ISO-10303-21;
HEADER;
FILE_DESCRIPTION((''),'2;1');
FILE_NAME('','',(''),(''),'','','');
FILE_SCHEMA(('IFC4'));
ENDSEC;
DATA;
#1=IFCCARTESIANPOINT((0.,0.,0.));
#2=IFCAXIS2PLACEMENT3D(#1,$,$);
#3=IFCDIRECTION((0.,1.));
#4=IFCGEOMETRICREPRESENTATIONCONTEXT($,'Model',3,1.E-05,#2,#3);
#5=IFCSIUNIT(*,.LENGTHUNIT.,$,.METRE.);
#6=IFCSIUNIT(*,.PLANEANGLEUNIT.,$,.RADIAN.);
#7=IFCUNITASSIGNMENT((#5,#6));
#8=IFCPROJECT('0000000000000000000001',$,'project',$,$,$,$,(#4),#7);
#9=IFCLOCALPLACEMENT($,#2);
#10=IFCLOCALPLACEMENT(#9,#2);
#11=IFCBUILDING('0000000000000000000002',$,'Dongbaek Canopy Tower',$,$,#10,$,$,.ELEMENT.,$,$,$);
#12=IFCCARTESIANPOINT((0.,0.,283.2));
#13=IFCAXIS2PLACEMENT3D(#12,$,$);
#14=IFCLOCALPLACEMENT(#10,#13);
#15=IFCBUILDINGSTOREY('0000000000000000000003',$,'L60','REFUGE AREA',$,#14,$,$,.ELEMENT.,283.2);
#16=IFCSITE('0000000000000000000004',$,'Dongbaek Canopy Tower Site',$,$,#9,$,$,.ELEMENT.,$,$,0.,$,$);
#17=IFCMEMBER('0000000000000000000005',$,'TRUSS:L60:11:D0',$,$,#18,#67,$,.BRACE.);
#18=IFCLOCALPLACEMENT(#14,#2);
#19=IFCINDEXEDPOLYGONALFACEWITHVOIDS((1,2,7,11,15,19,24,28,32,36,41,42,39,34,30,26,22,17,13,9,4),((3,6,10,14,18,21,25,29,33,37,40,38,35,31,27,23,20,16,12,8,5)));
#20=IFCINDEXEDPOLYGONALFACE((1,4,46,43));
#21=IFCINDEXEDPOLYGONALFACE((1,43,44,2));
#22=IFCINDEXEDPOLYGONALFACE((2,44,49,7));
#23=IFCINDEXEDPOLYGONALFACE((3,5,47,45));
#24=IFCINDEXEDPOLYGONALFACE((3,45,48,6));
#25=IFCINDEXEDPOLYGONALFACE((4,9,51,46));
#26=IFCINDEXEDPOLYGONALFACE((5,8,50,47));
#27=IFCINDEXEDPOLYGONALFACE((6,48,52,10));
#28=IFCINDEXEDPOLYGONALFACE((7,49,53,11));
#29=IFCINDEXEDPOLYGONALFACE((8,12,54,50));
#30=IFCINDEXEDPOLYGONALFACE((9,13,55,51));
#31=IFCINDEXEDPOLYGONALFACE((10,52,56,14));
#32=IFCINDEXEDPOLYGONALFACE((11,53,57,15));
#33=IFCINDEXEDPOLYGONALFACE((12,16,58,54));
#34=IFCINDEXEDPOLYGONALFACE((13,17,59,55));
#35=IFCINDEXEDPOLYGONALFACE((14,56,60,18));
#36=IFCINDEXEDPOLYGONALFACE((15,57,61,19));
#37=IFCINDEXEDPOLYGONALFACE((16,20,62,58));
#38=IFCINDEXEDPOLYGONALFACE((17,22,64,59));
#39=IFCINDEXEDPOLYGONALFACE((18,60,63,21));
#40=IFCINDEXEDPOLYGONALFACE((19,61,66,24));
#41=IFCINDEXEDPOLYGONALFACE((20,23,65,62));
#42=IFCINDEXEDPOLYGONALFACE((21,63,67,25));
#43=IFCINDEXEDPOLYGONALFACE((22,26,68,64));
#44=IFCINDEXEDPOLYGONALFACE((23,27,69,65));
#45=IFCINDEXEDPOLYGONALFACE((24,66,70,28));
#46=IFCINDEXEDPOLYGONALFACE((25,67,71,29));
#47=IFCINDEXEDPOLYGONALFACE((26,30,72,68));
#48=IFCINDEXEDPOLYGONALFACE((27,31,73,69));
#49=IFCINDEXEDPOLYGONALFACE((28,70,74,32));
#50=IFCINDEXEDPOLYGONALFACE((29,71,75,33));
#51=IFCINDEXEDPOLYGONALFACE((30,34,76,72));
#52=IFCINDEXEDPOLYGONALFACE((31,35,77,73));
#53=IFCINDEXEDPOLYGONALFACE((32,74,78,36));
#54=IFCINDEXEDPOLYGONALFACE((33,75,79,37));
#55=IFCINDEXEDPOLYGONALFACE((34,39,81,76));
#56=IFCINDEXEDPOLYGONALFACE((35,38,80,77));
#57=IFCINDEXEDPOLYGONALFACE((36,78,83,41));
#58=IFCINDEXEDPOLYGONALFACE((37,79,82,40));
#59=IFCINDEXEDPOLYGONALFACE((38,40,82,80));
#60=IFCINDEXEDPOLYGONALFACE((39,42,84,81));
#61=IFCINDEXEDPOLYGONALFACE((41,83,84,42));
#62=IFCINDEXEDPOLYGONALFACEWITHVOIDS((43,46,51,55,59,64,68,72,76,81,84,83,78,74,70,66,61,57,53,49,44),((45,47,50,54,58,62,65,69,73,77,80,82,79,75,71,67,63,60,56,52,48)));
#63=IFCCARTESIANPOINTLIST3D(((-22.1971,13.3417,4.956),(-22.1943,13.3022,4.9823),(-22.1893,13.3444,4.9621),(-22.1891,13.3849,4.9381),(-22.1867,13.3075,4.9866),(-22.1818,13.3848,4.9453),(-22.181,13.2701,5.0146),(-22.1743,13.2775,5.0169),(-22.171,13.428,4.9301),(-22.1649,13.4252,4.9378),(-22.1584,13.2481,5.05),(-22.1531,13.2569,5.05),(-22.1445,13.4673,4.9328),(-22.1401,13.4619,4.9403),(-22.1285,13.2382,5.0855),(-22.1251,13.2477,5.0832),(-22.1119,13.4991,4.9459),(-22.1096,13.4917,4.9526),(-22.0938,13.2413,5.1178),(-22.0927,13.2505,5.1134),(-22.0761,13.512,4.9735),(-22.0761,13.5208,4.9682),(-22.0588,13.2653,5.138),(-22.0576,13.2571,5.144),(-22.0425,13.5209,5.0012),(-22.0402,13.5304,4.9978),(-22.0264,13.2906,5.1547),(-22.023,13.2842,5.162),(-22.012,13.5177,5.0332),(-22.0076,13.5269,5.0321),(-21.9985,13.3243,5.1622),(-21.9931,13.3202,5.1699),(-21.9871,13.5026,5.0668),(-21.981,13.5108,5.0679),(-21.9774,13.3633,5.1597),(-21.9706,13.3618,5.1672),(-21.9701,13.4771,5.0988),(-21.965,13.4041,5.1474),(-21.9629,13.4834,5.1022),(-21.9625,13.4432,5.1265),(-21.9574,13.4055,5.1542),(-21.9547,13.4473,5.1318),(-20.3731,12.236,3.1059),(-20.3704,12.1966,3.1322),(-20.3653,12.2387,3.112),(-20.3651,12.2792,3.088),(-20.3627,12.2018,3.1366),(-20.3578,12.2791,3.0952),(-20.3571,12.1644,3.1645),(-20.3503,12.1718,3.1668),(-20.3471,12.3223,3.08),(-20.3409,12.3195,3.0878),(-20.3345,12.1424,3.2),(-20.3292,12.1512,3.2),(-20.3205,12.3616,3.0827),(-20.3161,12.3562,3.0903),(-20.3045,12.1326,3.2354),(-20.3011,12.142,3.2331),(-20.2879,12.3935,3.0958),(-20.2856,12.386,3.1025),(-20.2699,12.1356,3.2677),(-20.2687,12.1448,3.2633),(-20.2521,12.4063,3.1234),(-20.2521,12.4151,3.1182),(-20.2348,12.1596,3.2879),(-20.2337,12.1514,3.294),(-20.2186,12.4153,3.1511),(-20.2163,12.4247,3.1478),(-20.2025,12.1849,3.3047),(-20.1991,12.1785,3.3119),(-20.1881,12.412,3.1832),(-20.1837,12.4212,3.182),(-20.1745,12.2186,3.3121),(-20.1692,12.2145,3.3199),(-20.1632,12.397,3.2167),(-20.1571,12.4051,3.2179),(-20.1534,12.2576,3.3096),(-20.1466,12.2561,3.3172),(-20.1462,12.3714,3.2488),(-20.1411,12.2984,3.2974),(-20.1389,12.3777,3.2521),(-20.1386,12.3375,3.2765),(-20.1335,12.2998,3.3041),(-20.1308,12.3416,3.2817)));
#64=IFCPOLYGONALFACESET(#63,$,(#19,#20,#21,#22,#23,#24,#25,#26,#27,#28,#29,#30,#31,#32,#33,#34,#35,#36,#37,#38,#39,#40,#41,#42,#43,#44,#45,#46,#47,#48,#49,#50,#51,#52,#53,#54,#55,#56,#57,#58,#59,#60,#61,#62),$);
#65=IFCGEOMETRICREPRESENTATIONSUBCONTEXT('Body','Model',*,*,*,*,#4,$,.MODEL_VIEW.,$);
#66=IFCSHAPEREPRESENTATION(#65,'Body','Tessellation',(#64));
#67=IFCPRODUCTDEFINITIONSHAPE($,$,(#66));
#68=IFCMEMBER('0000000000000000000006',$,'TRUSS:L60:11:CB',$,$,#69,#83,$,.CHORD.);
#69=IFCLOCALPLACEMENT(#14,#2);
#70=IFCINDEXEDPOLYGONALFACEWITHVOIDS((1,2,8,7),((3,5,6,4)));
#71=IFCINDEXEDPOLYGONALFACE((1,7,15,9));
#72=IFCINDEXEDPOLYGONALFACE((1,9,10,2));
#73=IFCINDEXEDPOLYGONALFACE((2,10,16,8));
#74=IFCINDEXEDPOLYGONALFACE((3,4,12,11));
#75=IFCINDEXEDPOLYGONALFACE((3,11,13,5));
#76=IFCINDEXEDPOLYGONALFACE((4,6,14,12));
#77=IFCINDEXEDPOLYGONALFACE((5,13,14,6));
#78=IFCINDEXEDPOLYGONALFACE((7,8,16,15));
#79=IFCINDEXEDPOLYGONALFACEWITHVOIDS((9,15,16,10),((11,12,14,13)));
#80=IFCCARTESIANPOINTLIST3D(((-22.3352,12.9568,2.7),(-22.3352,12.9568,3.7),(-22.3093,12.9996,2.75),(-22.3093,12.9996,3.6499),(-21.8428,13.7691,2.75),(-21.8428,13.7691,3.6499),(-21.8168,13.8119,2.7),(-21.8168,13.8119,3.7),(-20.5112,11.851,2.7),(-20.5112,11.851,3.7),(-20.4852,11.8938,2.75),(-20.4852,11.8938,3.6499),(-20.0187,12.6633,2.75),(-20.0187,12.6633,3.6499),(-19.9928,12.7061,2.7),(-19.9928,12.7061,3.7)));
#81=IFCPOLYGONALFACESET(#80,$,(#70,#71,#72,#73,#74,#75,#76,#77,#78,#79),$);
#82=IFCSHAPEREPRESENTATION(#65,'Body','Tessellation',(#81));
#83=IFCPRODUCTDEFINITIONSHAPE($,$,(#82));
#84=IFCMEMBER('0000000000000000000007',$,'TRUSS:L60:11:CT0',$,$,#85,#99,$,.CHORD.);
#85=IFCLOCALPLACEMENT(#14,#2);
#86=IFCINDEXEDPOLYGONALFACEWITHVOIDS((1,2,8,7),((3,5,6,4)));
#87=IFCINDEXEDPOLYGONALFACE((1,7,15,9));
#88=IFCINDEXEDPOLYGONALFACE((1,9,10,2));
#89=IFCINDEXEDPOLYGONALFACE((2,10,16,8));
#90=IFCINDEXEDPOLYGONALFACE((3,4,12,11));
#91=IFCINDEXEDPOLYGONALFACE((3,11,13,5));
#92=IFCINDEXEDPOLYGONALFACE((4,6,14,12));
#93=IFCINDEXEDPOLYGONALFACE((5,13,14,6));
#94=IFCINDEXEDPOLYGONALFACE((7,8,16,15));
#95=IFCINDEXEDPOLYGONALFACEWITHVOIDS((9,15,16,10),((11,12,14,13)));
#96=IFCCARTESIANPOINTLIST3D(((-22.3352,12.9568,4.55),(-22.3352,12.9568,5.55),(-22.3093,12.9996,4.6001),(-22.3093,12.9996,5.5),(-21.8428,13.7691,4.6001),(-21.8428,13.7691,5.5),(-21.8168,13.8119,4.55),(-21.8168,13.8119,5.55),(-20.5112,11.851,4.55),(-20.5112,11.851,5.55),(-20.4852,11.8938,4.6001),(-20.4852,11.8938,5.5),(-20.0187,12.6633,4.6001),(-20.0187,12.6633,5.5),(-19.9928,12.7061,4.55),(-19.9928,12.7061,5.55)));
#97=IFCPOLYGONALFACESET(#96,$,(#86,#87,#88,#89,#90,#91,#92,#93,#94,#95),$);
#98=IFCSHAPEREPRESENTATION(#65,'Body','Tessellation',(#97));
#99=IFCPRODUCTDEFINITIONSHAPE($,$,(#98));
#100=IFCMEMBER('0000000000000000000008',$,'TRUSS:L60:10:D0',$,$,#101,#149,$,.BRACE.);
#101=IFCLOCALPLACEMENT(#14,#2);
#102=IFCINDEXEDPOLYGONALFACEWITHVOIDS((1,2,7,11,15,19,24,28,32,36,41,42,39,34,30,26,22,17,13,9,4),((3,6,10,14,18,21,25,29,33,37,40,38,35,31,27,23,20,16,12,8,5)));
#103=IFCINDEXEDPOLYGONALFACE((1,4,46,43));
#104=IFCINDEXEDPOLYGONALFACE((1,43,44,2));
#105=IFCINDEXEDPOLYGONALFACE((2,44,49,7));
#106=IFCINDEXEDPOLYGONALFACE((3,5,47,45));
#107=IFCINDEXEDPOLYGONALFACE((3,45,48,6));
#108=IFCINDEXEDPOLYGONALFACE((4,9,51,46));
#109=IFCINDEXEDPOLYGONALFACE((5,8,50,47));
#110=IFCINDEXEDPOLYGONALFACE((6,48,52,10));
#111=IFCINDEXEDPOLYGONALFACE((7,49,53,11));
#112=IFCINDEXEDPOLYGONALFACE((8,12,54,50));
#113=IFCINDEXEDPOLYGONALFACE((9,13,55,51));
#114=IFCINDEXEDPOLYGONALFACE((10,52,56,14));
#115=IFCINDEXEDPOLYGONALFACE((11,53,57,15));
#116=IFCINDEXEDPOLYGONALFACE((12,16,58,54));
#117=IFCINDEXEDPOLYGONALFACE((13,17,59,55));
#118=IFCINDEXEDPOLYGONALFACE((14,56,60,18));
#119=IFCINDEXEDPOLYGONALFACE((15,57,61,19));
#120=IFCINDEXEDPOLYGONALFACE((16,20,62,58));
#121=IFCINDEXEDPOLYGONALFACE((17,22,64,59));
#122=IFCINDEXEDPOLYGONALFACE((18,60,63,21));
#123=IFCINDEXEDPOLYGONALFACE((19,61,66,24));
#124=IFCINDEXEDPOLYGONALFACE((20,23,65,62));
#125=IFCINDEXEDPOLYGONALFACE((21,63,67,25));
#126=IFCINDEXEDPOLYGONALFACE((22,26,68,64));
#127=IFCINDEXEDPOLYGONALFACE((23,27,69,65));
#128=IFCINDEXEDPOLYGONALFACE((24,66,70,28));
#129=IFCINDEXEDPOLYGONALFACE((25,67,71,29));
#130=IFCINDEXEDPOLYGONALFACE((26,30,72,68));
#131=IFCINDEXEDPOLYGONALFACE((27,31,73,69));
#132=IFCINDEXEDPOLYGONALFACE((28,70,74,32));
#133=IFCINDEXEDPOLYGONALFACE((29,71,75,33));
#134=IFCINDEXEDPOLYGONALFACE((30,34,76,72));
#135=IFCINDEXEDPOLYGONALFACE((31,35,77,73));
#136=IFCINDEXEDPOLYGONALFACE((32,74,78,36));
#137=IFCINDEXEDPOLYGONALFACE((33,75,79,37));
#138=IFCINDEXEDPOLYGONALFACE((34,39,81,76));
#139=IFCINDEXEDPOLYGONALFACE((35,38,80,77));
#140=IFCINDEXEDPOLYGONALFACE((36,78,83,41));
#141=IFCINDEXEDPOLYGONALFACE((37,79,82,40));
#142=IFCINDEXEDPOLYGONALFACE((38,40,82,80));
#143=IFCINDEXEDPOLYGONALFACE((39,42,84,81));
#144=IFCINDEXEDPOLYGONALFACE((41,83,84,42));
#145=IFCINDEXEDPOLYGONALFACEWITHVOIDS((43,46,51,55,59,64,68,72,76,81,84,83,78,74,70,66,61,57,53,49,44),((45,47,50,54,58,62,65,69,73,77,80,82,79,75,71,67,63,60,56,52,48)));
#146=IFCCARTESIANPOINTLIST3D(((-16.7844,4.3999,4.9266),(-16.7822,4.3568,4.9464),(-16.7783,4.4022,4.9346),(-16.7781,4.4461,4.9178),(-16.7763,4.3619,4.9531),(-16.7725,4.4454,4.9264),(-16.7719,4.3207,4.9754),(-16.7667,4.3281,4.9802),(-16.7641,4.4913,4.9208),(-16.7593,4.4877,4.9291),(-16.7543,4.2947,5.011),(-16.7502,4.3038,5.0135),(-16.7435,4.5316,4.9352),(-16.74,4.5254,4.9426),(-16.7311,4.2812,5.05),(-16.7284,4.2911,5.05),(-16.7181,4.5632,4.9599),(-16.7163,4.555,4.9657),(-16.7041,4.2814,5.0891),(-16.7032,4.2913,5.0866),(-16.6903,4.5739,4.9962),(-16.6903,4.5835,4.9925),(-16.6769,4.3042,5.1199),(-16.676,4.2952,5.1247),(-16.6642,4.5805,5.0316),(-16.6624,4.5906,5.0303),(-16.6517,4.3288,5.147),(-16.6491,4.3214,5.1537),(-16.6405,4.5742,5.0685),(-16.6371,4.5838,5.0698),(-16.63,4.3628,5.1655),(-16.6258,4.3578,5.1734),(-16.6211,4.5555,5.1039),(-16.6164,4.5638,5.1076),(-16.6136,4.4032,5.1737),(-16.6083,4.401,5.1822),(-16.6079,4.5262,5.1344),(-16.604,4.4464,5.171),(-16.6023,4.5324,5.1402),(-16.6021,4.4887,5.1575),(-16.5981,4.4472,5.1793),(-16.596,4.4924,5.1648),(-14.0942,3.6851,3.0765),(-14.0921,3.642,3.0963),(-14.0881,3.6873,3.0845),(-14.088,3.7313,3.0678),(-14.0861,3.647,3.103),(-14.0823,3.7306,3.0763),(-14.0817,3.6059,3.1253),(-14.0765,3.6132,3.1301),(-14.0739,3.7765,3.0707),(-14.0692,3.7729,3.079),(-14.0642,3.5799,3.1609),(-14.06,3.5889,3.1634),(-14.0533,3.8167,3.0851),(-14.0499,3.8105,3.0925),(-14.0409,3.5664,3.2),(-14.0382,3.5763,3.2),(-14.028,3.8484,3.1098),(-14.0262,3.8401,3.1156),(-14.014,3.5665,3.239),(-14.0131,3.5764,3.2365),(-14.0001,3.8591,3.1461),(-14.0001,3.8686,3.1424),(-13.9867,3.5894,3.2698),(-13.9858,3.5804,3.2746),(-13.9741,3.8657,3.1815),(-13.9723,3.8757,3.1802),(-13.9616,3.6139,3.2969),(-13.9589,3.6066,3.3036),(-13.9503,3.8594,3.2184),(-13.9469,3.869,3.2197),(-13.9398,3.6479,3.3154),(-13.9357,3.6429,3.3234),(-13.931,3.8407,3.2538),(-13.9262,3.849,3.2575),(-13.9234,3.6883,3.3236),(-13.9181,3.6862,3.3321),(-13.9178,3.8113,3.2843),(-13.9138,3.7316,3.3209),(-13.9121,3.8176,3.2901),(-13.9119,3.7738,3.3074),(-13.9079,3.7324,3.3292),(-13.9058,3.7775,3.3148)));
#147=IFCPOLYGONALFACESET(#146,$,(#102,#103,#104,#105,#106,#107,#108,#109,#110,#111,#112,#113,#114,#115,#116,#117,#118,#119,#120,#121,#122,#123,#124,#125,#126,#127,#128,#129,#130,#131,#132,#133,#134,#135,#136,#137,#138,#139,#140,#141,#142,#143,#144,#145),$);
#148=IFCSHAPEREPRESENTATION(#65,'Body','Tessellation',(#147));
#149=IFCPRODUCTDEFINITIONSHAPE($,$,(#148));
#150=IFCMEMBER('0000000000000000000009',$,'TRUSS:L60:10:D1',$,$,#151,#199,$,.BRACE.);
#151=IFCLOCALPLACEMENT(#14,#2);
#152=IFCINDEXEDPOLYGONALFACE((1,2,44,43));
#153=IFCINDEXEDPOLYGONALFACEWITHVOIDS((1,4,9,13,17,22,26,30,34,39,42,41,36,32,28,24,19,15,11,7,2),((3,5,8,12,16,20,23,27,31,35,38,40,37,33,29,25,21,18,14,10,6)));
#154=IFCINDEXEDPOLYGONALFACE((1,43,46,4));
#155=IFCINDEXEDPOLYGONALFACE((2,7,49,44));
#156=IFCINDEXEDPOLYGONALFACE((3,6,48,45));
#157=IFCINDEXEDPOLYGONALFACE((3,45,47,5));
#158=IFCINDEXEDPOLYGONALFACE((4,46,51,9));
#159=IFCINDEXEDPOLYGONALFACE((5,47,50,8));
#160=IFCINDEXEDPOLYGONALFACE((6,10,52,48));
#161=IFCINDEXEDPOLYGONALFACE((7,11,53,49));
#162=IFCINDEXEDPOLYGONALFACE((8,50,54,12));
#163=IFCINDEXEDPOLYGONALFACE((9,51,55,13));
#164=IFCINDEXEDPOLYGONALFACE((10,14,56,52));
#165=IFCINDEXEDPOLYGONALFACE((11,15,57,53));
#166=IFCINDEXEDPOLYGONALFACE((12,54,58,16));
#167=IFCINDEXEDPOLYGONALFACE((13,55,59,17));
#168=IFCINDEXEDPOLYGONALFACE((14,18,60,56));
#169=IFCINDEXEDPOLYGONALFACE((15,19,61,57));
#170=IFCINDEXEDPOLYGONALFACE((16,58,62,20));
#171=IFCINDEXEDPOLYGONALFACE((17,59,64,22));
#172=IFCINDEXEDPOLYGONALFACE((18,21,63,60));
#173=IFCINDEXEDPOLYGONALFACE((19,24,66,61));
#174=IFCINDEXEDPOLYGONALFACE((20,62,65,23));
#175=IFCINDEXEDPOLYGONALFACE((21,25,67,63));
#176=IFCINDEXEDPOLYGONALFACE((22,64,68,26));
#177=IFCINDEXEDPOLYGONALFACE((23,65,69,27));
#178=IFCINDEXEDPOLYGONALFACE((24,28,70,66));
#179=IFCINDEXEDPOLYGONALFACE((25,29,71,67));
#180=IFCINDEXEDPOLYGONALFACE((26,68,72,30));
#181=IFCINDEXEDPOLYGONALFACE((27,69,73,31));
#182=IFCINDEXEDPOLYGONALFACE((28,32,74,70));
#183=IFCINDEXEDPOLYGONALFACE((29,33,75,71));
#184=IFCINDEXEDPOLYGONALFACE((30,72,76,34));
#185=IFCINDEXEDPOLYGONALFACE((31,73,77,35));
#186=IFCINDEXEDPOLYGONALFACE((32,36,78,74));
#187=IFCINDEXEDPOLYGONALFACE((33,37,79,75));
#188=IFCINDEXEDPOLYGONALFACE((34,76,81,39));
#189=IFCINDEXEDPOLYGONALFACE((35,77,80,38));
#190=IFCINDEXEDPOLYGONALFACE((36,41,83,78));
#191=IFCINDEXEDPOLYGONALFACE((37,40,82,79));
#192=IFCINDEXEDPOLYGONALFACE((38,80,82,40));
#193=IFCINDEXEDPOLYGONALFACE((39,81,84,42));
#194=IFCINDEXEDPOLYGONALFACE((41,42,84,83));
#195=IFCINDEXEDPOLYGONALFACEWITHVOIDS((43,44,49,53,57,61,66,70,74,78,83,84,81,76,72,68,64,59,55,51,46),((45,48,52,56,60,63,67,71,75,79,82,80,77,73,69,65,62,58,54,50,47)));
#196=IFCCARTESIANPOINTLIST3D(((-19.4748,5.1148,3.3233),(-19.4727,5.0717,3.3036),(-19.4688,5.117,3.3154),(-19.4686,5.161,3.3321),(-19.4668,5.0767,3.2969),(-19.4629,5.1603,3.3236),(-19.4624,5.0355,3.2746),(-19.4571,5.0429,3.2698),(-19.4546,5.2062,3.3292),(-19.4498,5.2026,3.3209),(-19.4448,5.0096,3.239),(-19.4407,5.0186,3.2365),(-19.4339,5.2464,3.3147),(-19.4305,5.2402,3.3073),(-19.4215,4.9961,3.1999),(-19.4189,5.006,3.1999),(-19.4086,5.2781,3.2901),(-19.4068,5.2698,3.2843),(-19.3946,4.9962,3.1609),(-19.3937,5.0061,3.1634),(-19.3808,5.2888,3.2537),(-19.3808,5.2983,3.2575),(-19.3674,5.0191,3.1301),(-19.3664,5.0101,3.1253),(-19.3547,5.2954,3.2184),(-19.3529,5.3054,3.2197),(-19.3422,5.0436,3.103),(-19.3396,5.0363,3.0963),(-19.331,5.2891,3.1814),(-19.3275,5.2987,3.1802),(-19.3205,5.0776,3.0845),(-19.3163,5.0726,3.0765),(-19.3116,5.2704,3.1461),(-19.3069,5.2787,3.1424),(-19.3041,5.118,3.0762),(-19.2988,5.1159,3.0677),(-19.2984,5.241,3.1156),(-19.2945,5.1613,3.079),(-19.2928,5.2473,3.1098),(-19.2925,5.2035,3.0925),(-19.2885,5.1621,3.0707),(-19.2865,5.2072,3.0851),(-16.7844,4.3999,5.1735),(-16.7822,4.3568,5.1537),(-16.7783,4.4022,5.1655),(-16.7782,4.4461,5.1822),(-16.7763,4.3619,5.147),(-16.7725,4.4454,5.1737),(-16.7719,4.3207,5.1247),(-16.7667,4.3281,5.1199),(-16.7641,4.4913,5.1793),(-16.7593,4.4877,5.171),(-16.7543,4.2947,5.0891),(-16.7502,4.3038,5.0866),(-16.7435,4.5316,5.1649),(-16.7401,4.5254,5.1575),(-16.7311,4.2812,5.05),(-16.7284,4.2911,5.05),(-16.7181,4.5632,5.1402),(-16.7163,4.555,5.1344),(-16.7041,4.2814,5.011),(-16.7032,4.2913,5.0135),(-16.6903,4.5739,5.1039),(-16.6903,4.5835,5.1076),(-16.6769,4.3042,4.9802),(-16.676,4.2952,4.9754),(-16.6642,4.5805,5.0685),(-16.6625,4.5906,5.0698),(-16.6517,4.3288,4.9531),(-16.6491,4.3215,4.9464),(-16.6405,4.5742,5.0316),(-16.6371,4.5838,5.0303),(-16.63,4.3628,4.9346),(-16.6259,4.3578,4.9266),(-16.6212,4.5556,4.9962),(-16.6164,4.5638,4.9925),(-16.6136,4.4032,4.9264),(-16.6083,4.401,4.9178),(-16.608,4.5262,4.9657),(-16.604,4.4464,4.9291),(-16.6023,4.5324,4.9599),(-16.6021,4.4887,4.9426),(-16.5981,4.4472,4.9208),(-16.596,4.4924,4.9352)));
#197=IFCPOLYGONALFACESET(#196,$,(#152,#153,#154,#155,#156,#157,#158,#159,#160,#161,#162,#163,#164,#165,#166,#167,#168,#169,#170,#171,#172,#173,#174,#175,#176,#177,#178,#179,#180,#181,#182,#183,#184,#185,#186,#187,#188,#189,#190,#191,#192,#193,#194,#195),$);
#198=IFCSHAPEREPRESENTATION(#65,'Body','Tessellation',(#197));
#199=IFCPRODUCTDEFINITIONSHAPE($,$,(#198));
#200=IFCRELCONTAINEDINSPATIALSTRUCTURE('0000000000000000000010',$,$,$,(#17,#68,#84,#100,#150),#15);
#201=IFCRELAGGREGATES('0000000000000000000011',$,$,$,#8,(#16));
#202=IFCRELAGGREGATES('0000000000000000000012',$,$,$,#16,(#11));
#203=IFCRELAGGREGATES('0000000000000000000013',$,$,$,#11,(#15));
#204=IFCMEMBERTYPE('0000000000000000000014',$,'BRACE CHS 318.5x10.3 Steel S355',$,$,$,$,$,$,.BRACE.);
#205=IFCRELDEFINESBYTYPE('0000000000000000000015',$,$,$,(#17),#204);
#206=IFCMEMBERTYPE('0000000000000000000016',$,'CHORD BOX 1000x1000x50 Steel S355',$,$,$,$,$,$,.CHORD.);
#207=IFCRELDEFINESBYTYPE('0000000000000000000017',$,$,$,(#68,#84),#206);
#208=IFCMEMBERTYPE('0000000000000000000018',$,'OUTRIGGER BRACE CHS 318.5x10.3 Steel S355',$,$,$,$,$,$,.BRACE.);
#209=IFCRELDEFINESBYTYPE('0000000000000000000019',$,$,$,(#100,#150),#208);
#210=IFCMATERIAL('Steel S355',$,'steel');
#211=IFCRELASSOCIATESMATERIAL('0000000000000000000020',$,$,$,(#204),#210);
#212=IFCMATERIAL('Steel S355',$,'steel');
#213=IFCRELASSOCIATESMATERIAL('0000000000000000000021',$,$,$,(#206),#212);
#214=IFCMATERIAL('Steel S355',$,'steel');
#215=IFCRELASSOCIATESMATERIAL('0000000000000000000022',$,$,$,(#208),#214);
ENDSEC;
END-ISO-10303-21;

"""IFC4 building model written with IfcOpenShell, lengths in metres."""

from ifc_helpers import new_model, si_unit, direction, frame, origin, origin_2d, place, context, subcontext, project, spatial, hollow_rectangle, hollow_circle, extrude, material, material_profile, profile_set, type_object, element, save


model = new_model("IFC4")

# Units and contexts
model_context = context("Model", 3, precision=1e-05, world=origin(), true_north=direction((0.0, 1.0)))
body_context = subcontext(model_context, "Body", "Model", "MODEL_VIEW")
ifc_project = project(units=[si_unit("LENGTHUNIT", "METRE"), si_unit("PLANEANGLEUNIT", "RADIAN")], contexts=[model_context])

# Site, building, storey
site_placement = place(None, origin())
site = spatial("IfcSite", under=ifc_project, at=site_placement, Name="Dongbaek Canopy Tower Site", CompositionType="ELEMENT", RefElevation=0.0)
building_placement = place(site_placement, origin())
building = spatial("IfcBuilding", under=site, at=building_placement, Name="Dongbaek Canopy Tower", CompositionType="ELEMENT")
storey_placement = place(building_placement, frame((0.0, 0.0, 283.2)))
storey = spatial("IfcBuildingStorey", under=building, at=storey_placement, Name="L60", Description="REFUGE AREA", CompositionType="ELEMENT", Elevation=283.2)

# Members
ifc_material_1 = material(Name="Steel S355", Category="steel")
ifc_material_profile_1 = material_profile(ifc_material_1, hollow_circle(Radius=0.1592, WallThickness=0.0103, at=origin_2d()), Name="BRACE CHS 318.5x10.3 Steel S355")
ifc_profile_set_1 = profile_set([ifc_material_profile_1], Name="Steel S355")
member_type_1 = type_object("IfcMemberType", Name="BRACE CHS 318.5x10.3 Steel S355", PredefinedType="BRACE", material=ifc_profile_set_1)
member_1_placement = place(storey_placement, frame((-20.252, 12.2786, 3.2), z_axis=(-0.64599, 0.391606, 0.655242), x_axis=(-0.518396, -0.855141, 0.0)))
element("IfcMember", 1, at=member_1_placement, inside=storey, type_object=member_type_1, Name="TRUSS:L60:11:D0", PredefinedType="BRACE", context=body_context, shape_type="SweptSolid", body=[
    extrude(hollow_circle(Radius=0.1592, WallThickness=0.0103, at=origin_2d()), origin(), (0.0, 0.0, 1.0), 2.8235),
])
ifc_material_2 = material(Name="Steel S355", Category="steel")
ifc_material_profile_2 = material_profile(ifc_material_2, hollow_rectangle(XDim=1.0, YDim=1.0, WallThickness=0.05, at=origin_2d()), Name="CHORD BOX 1000x1000x50 Steel S355")
ifc_profile_set_2 = profile_set([ifc_material_profile_2], Name="Steel S355")
member_type_2 = type_object("IfcMemberType", Name="CHORD BOX 1000x1000x50 Steel S355", PredefinedType="CHORD", material=ifc_profile_set_2)
for number, where, z_axis, x_axis, name in (
    (2, (-20.252, 12.2786, 3.2), (-0.855141, 0.518396, 0.0), (-0.518396, -0.855141, 0.0), "TRUSS:L60:11:CB"),
    (3, (-20.252, 12.2786, 5.05), (-0.855141, 0.518396, 0.0), (-0.518396, -0.855141, 0.0), "TRUSS:L60:11:CT0"),
):
    element("IfcMember", number, at=place(storey_placement, frame(where, z_axis=z_axis, x_axis=x_axis)), inside=storey, type_object=member_type_2, Name=name, PredefinedType="CHORD", context=body_context, shape_type="SweptSolid", body=[
        extrude(hollow_rectangle(XDim=1.0, YDim=1.0, WallThickness=0.05, at=origin_2d()), origin(), (0.0, 0.0, 1.0), 2.1331),
    ])
ifc_material_3 = material(Name="Steel S355", Category="steel")
ifc_material_profile_3 = material_profile(ifc_material_3, hollow_circle(Radius=0.1592, WallThickness=0.0103, at=origin_2d()), Name="OUTRIGGER BRACE CHS 318.5x10.3 Steel S355")
ifc_profile_set_3 = profile_set([ifc_material_profile_3], Name="Steel S355")
member_type_3 = type_object("IfcMemberType", Name="OUTRIGGER BRACE CHS 318.5x10.3 Steel S355", PredefinedType="BRACE", material=ifc_profile_set_3)
member_2_placement = place(storey_placement, frame((-14.0, 3.7202, 3.2), z_axis=(-0.804891, 0.213878, 0.55354), x_axis=(-0.256811, -0.966462, 0.0)))
element("IfcMember", 4, at=member_2_placement, inside=storey, type_object=member_type_3, Name="TRUSS:L60:10:D0", PredefinedType="BRACE", context=body_context, shape_type="SweptSolid", body=[
    extrude(hollow_circle(Radius=0.1592, WallThickness=0.0103, at=origin_2d()), origin(), (0.0, 0.0, 1.0), 3.3423),
])
for number, where, z_axis, x_axis, name in (
    (5, (-16.6902, 4.4351, 5.05), (-0.804917, 0.213865, -0.553508), (-0.256789, -0.966467, 0.0), "TRUSS:L60:10:D1"),
):
    element("IfcMember", number, at=place(storey_placement, frame(where, z_axis=z_axis, x_axis=x_axis)), inside=storey, type_object=member_type_3, Name=name, PredefinedType="BRACE", context=body_context, shape_type="SweptSolid", body=[
        extrude(hollow_circle(Radius=0.1592, WallThickness=0.0103, at=origin_2d()), origin(), (0.0, 0.0, 1.0), 3.3425),
    ])

save(model, "model.ifc")
